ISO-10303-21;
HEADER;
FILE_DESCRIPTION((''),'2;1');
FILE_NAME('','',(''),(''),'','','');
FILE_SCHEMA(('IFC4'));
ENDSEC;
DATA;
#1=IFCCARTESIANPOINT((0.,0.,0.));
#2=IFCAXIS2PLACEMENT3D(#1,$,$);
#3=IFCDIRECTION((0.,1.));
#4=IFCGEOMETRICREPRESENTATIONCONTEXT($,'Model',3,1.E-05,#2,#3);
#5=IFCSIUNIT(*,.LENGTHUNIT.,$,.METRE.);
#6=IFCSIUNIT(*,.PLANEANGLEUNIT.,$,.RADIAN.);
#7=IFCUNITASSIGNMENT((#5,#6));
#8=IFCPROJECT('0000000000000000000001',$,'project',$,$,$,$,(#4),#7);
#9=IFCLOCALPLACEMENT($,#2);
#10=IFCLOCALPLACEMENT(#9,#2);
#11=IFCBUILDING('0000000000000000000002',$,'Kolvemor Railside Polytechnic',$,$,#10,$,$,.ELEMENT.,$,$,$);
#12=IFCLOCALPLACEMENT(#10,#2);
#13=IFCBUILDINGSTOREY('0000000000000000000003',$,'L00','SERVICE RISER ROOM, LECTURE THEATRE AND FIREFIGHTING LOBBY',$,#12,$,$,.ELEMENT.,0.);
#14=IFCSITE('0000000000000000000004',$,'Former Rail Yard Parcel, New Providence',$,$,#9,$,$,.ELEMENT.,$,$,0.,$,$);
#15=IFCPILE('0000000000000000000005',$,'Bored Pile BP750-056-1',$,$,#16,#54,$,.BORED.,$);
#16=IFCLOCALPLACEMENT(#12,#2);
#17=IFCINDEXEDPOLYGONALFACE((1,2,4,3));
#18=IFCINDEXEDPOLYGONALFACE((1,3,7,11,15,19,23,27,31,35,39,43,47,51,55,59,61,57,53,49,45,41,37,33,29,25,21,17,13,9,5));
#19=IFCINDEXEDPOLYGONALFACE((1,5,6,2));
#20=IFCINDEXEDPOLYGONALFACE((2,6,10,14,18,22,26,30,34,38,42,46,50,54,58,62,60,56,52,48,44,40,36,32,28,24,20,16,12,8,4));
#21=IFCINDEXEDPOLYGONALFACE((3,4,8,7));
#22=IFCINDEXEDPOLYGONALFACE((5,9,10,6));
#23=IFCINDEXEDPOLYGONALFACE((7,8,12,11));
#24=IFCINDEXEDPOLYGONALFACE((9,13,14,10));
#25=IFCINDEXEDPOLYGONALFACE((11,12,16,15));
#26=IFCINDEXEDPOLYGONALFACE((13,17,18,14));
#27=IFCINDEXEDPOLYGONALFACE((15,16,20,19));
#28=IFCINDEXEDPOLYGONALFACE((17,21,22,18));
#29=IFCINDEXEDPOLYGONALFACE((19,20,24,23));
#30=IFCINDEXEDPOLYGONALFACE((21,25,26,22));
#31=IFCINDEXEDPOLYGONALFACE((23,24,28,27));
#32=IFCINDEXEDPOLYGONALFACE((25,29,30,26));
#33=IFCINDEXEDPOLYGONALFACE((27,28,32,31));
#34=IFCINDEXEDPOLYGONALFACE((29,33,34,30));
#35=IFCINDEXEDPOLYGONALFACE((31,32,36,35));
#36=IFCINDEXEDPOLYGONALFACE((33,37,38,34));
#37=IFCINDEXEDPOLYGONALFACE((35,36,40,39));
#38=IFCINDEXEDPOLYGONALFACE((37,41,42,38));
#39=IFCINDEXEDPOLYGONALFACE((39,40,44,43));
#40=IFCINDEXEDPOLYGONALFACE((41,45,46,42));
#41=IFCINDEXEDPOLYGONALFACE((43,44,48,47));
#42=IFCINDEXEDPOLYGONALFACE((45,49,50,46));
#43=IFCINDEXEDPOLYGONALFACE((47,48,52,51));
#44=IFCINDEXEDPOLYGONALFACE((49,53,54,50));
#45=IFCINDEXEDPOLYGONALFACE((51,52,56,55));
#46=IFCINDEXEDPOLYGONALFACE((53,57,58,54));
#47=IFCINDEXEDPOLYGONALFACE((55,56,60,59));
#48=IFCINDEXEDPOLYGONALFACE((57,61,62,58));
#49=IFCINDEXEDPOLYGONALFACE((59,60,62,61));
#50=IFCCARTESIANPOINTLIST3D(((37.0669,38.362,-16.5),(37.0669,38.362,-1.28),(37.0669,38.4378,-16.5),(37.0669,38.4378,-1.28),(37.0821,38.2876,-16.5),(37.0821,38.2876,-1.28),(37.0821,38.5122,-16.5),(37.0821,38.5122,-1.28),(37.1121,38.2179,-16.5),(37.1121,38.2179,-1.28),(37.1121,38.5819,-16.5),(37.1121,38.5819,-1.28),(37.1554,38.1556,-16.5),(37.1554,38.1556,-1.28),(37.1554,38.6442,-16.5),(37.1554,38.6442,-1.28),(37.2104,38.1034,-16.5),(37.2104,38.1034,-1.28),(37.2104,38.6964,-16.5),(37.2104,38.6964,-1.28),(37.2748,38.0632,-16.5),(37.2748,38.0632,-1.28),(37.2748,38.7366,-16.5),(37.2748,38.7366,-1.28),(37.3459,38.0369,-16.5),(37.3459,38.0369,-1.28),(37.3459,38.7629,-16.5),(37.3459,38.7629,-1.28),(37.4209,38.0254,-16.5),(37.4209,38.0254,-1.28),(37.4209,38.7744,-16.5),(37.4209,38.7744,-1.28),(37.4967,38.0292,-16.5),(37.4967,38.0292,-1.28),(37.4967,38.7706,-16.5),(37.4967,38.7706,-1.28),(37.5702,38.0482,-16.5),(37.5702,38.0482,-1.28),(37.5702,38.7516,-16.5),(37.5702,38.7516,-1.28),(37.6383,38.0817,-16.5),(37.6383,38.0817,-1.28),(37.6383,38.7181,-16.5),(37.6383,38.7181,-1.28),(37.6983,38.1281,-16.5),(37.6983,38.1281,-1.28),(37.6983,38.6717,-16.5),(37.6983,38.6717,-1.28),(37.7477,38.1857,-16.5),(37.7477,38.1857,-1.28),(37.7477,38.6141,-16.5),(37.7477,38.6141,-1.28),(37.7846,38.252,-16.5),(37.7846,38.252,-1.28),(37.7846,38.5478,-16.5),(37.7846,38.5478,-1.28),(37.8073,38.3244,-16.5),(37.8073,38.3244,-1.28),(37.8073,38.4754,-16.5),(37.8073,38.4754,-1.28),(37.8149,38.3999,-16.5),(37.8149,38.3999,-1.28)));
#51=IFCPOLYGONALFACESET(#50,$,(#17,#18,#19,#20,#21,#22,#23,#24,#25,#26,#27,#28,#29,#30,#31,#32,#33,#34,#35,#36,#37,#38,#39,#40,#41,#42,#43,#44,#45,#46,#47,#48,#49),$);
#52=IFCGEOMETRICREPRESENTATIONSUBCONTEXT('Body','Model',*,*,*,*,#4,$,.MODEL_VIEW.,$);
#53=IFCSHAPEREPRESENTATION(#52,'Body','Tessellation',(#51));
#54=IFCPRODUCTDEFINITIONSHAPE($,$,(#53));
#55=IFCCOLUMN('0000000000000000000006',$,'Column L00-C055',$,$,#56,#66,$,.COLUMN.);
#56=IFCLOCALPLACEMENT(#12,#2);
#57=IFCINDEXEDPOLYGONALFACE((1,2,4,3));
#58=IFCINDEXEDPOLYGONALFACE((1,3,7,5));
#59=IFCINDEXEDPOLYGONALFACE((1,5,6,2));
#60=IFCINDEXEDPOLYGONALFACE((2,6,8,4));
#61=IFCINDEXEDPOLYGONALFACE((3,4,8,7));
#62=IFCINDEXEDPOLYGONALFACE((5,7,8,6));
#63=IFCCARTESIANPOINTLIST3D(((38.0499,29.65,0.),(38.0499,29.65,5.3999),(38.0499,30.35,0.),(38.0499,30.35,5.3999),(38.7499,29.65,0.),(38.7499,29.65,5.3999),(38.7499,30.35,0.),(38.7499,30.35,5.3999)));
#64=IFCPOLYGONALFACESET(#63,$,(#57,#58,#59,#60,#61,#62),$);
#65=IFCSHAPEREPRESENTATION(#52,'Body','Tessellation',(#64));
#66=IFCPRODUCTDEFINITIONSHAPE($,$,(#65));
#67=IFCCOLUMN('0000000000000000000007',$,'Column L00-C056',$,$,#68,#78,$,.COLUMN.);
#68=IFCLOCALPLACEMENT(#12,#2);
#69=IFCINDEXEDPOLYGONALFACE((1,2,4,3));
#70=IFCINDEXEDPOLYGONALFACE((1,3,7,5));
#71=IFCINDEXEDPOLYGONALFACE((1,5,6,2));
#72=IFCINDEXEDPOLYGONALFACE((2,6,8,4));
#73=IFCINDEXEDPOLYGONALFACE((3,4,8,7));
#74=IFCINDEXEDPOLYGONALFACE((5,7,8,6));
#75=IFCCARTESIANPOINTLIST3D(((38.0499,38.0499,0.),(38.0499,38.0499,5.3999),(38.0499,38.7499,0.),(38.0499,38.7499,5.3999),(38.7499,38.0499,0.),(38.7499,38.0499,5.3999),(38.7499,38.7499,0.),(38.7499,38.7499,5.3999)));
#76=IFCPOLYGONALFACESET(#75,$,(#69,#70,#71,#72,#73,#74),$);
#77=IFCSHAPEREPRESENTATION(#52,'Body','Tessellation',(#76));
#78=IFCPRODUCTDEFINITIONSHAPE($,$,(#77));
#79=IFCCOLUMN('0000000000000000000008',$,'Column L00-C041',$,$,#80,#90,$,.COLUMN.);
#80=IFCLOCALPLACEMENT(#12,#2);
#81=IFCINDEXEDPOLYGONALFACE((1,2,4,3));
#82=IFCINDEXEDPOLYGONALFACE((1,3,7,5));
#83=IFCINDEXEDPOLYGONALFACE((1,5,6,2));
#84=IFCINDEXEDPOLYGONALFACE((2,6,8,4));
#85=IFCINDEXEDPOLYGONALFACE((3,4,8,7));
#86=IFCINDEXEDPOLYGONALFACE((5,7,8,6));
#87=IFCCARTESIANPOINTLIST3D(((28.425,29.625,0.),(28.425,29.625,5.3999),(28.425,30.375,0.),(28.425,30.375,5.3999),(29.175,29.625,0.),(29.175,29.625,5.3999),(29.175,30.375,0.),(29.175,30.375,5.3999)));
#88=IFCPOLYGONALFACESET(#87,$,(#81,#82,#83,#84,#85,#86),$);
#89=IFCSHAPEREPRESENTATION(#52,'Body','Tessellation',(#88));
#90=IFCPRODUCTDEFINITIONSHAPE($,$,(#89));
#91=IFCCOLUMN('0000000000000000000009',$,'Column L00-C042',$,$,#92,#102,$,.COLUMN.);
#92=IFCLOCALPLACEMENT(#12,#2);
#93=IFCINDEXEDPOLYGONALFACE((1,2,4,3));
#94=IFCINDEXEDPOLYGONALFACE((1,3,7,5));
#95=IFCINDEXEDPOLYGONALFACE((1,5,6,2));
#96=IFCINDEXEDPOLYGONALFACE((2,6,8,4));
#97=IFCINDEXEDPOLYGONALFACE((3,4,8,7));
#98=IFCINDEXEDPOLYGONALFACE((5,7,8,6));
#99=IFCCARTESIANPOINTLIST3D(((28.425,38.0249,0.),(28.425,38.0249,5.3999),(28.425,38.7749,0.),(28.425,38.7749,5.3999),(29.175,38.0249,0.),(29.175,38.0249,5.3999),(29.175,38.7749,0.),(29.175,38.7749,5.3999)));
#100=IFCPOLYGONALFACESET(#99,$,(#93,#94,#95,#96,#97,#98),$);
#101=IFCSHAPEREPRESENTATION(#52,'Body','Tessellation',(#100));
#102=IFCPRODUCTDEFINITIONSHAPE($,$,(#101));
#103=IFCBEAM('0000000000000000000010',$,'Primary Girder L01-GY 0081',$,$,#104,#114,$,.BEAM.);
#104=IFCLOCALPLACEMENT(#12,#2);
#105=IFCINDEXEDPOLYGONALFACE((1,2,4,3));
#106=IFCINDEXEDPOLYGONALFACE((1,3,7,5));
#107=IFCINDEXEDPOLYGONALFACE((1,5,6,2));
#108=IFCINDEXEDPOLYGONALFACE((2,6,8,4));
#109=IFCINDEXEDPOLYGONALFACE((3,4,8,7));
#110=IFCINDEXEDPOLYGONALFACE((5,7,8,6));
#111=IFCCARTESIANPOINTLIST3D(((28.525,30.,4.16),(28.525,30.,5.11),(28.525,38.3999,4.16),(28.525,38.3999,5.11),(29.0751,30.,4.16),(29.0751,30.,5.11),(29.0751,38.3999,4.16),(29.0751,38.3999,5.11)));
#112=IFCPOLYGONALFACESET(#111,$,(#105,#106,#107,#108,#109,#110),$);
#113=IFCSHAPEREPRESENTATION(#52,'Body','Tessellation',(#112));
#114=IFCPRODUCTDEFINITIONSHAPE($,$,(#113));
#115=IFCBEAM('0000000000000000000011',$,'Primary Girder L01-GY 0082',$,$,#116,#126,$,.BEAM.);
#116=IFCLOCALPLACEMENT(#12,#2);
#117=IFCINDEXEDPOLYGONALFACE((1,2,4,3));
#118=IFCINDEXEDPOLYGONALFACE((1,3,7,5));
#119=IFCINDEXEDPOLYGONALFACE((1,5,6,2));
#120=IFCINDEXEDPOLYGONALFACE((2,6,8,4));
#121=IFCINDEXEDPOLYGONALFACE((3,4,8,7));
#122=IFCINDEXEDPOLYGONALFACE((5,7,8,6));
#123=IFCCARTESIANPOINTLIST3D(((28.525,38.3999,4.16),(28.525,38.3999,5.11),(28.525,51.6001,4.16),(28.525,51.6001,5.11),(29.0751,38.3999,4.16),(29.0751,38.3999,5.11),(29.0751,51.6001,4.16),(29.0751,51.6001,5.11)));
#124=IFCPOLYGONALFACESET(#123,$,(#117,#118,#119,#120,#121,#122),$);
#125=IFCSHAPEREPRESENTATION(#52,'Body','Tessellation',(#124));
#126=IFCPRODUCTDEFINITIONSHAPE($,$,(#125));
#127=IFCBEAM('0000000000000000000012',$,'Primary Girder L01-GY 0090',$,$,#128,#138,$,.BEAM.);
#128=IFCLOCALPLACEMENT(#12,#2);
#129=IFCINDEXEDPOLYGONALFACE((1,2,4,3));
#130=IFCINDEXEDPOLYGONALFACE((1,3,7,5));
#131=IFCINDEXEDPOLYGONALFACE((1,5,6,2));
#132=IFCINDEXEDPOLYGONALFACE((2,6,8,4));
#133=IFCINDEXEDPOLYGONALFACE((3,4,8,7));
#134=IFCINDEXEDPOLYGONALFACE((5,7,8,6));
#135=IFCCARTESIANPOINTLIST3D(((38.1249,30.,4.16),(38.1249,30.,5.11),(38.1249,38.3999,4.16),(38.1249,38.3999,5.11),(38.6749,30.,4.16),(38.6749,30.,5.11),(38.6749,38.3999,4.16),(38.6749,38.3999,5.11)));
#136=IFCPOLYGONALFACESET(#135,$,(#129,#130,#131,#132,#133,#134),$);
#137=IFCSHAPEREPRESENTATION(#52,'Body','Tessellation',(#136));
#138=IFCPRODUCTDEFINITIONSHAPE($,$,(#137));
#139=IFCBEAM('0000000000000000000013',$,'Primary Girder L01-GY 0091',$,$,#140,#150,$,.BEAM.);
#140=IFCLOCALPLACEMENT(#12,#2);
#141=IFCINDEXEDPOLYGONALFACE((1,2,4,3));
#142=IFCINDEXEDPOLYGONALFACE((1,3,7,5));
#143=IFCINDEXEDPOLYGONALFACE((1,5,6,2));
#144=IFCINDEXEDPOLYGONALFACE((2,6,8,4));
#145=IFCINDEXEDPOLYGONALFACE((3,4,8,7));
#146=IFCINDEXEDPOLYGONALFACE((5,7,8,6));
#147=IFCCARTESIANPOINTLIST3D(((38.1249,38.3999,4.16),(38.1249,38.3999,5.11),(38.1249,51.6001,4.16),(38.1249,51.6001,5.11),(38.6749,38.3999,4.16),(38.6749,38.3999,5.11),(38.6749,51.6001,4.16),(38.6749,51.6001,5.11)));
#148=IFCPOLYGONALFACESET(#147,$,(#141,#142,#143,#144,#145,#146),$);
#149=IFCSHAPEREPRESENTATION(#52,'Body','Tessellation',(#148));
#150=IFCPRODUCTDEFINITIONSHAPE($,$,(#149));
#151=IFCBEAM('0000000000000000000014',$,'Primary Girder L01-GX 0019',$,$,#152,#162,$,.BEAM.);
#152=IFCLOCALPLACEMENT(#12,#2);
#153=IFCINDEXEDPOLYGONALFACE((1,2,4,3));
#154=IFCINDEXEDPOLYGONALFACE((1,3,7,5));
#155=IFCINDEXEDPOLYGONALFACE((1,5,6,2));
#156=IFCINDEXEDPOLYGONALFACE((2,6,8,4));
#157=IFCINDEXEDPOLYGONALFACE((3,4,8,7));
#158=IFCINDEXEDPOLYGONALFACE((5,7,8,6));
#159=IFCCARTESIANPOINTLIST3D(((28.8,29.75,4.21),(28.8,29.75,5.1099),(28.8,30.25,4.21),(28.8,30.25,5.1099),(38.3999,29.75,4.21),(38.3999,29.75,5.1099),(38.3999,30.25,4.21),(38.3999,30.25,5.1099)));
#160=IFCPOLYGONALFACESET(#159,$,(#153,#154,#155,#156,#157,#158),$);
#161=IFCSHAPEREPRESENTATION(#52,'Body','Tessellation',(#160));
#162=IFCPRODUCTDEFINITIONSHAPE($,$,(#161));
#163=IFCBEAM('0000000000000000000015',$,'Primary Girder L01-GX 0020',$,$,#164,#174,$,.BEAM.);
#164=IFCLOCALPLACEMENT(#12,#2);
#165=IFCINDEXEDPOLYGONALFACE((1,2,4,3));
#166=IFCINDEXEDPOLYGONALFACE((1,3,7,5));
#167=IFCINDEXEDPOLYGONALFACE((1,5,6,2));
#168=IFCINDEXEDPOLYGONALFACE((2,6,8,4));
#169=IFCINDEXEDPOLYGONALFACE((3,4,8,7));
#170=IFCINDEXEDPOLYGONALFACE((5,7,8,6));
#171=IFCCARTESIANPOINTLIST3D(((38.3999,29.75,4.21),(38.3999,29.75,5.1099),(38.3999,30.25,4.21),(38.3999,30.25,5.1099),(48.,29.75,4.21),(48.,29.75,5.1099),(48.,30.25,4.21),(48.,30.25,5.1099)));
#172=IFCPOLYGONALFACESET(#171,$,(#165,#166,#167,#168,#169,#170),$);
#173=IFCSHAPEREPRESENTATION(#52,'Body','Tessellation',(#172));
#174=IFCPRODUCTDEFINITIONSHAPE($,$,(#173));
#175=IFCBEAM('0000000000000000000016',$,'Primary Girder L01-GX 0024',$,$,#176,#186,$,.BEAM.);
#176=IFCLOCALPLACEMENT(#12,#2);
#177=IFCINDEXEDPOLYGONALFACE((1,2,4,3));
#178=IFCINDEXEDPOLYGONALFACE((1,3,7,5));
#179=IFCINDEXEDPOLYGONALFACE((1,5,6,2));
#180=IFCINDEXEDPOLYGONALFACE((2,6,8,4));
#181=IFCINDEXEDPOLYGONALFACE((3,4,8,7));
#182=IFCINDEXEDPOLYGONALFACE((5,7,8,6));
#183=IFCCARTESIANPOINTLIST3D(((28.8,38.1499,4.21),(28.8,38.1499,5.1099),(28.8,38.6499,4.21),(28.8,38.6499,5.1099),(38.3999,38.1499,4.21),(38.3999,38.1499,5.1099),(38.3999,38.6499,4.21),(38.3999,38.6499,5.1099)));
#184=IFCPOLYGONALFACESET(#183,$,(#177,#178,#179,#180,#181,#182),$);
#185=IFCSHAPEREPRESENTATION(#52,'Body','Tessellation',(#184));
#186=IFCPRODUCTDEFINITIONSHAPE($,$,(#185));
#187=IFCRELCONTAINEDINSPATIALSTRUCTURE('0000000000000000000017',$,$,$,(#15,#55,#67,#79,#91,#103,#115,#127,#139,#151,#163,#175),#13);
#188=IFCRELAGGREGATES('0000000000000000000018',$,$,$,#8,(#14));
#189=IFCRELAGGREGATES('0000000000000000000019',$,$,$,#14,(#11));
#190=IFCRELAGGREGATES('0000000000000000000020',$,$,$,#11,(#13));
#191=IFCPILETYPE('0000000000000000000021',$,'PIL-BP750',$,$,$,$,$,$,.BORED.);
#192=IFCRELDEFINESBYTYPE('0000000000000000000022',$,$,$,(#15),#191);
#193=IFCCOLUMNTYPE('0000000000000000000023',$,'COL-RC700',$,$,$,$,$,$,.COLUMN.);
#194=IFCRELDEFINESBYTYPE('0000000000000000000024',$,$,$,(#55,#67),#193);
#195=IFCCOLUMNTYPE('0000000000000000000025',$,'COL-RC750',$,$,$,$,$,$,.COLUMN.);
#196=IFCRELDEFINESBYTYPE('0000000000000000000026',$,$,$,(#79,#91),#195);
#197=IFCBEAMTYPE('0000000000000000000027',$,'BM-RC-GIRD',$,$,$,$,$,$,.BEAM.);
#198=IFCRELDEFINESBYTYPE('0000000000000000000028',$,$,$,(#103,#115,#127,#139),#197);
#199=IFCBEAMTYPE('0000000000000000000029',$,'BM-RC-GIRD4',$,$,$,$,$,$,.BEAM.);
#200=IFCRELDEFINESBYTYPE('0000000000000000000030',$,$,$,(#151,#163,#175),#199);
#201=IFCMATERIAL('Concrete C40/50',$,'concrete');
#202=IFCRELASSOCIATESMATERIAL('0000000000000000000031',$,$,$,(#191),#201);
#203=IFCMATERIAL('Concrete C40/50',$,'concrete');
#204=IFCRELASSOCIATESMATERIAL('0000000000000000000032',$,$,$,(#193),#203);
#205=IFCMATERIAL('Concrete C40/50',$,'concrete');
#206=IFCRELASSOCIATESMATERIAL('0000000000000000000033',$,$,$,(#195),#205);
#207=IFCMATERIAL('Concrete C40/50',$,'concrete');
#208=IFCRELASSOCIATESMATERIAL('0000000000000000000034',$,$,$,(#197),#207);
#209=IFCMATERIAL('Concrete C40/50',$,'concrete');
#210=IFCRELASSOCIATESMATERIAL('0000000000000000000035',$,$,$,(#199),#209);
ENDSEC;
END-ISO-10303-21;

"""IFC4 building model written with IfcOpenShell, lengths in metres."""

from ifc_helpers import new_model, si_unit, direction, frame, origin, origin_2d, place, context, subcontext, project, spatial, rectangle, circle, extrude, material, material_profile, profile_set, type_object, element, save


model = new_model("IFC4")

# Units and contexts
model_context = context("Model", 3, precision=1e-05, world=origin(), true_north=direction((0.0, 1.0)))
body_context = subcontext(model_context, "Body", "Model", "MODEL_VIEW")
ifc_project = project(units=[si_unit("LENGTHUNIT", "METRE"), si_unit("PLANEANGLEUNIT", "RADIAN")], contexts=[model_context])

# Site, building, storey
site_placement = place(None, origin())
site = spatial("IfcSite", under=ifc_project, at=site_placement, Name="Former Rail Yard Parcel, New Providence", CompositionType="ELEMENT", RefElevation=0.0)
building_placement = place(site_placement, origin())
building = spatial("IfcBuilding", under=site, at=building_placement, Name="Kolvemor Railside Polytechnic", CompositionType="ELEMENT")
storey_placement = place(building_placement, origin())
storey = spatial("IfcBuildingStorey", under=building, at=storey_placement, Name="L00", Description="SERVICE RISER ROOM, LECTURE THEATRE AND FIREFIGHTING LOBBY", CompositionType="ELEMENT", Elevation=0.0)

# Pile
ifc_material_1 = material(Name="Concrete C40/50", Category="concrete")
ifc_material_profile_1 = material_profile(ifc_material_1, circle(Radius=0.375, at=origin_2d()), Name="BP750")
ifc_profile_set_1 = profile_set([ifc_material_profile_1], Name="Concrete C40/50")
pile_type = type_object("IfcPileType", Name="PIL-BP750", PredefinedType="BORED", material=ifc_profile_set_1)
pile_1_placement = place(storey_placement, frame((37.4399, 38.3999, -1.28), z_axis=(0.0, 0.0, -1.0), x_axis=(1.0, 0.0, 0.0)))
element("IfcPile", 1, at=pile_1_placement, inside=storey, type_object=pile_type, Name="Bored Pile BP750-056-1", PredefinedType="BORED", context=body_context, shape_type="SweptSolid", body=[
    extrude(circle(Radius=0.375, at=origin_2d()), origin(), (0.0, 0.0, 1.0), 15.22),
])

# Columns
ifc_material_2 = material(Name="Concrete C40/50", Category="concrete")
ifc_material_profile_2 = material_profile(ifc_material_2, rectangle(XDim=0.7, YDim=0.7, at=origin_2d()), Name="RC700x700")
ifc_profile_set_2 = profile_set([ifc_material_profile_2], Name="Concrete C40/50")
column_type_1 = type_object("IfcColumnType", Name="COL-RC700", PredefinedType="COLUMN", material=ifc_profile_set_2)
for number, where, z_axis, x_axis, name in (
    (2, (38.3999, 30.0, 0.0), (0.0, 0.0, 1.0), (1.0, 0.0, 0.0), "Column L00-C055"),
    (3, (38.3999, 38.3999, 0.0), (0.0, 0.0, 1.0), (1.0, 0.0, 0.0), "Column L00-C056"),
):
    element("IfcColumn", number, at=place(storey_placement, frame(where, z_axis=z_axis, x_axis=x_axis)), inside=storey, type_object=column_type_1, Name=name, PredefinedType="COLUMN", context=body_context, shape_type="SweptSolid", body=[
        extrude(rectangle(XDim=0.7, YDim=0.7, at=origin_2d()), origin(), (0.0, 0.0, 1.0), 5.3999),
    ])
ifc_material_3 = material(Name="Concrete C40/50", Category="concrete")
ifc_material_profile_3 = material_profile(ifc_material_3, rectangle(XDim=0.75, YDim=0.75, at=origin_2d()), Name="RC750x750")
ifc_profile_set_3 = profile_set([ifc_material_profile_3], Name="Concrete C40/50")
column_type_2 = type_object("IfcColumnType", Name="COL-RC750", PredefinedType="COLUMN", material=ifc_profile_set_3)
for number, where, z_axis, x_axis, name in (
    (4, (28.8, 30.0, 0.0), (0.0, 0.0, 1.0), (1.0, 0.0, 0.0), "Column L00-C041"),
    (5, (28.8, 38.3999, 0.0), (0.0, 0.0, 1.0), (1.0, 0.0, 0.0), "Column L00-C042"),
):
    element("IfcColumn", number, at=place(storey_placement, frame(where, z_axis=z_axis, x_axis=x_axis)), inside=storey, type_object=column_type_2, Name=name, PredefinedType="COLUMN", context=body_context, shape_type="SweptSolid", body=[
        extrude(rectangle(XDim=0.75, YDim=0.75, at=origin_2d()), origin(), (0.0, 0.0, 1.0), 5.3999),
    ])

# Beams
ifc_material_4 = material(Name="Concrete C40/50", Category="concrete")
ifc_material_profile_4 = material_profile(ifc_material_4, rectangle(XDim=0.55, YDim=0.95, at=origin_2d()), Name="RC550x950")
ifc_profile_set_4 = profile_set([ifc_material_profile_4], Name="Concrete C40/50")
beam_type_1 = type_object("IfcBeamType", Name="BM-RC-GIRD", PredefinedType="BEAM", material=ifc_profile_set_4)
beam_1_placement = place(storey_placement, frame((28.8, 30.0, 4.635), z_axis=(0.0, 1.0, 0.0), x_axis=(-1.0, 0.0, 0.0)))
element("IfcBeam", 6, at=beam_1_placement, inside=storey, type_object=beam_type_1, Name="Primary Girder L01-GY 0081", PredefinedType="BEAM", context=body_context, shape_type="SweptSolid", body=[
    extrude(rectangle(XDim=0.55, YDim=0.95, at=origin_2d()), origin(), (0.0, 0.0, 1.0), 8.3999),
])
beam_2_placement = place(storey_placement, frame((28.8, 38.3999, 4.635), z_axis=(0.0, 1.0, 0.0), x_axis=(-1.0, 0.0, 0.0)))
element("IfcBeam", 7, at=beam_2_placement, inside=storey, type_object=beam_type_1, Name="Primary Girder L01-GY 0082", PredefinedType="BEAM", context=body_context, shape_type="SweptSolid", body=[
    extrude(rectangle(XDim=0.55, YDim=0.95, at=origin_2d()), origin(), (0.0, 0.0, 1.0), 13.2002),
])
beam_3_placement = place(storey_placement, frame((38.3999, 30.0, 4.635), z_axis=(0.0, 1.0, 0.0), x_axis=(-1.0, 0.0, 0.0)))
element("IfcBeam", 8, at=beam_3_placement, inside=storey, type_object=beam_type_1, Name="Primary Girder L01-GY 0090", PredefinedType="BEAM", context=body_context, shape_type="SweptSolid", body=[
    extrude(rectangle(XDim=0.55, YDim=0.95, at=origin_2d()), origin(), (0.0, 0.0, 1.0), 8.3999),
])
beam_4_placement = place(storey_placement, frame((38.3999, 38.3999, 4.635), z_axis=(0.0, 1.0, 0.0), x_axis=(-1.0, 0.0, 0.0)))
element("IfcBeam", 9, at=beam_4_placement, inside=storey, type_object=beam_type_1, Name="Primary Girder L01-GY 0091", PredefinedType="BEAM", context=body_context, shape_type="SweptSolid", body=[
    extrude(rectangle(XDim=0.55, YDim=0.95, at=origin_2d()), origin(), (0.0, 0.0, 1.0), 13.2002),
])
ifc_material_5 = material(Name="Concrete C40/50", Category="concrete")
ifc_material_profile_5 = material_profile(ifc_material_5, rectangle(XDim=0.5, YDim=0.8999, at=origin_2d()), Name="RC500x900")
ifc_profile_set_5 = profile_set([ifc_material_profile_5], Name="Concrete C40/50")
beam_type_2 = type_object("IfcBeamType", Name="BM-RC-GIRD4", PredefinedType="BEAM", material=ifc_profile_set_5)
beam_5_placement = place(storey_placement, frame((28.8, 30.0, 4.6599), z_axis=(1.0, 0.0, 0.0), x_axis=(0.0, 1.0, 0.0)))
element("IfcBeam", 10, at=beam_5_placement, inside=storey, type_object=beam_type_2, Name="Primary Girder L01-GX 0019", PredefinedType="BEAM", context=body_context, shape_type="SweptSolid", body=[
    extrude(rectangle(XDim=0.5, YDim=0.8999, at=origin_2d()), origin(), (0.0, 0.0, 1.0), 9.5999),
])
beam_6_placement = place(storey_placement, frame((38.3999, 30.0, 4.6599), z_axis=(1.0, 0.0, 0.0), x_axis=(0.0, 1.0, 0.0)))
element("IfcBeam", 11, at=beam_6_placement, inside=storey, type_object=beam_type_2, Name="Primary Girder L01-GX 0020", PredefinedType="BEAM", context=body_context, shape_type="SweptSolid", body=[
    extrude(rectangle(XDim=0.5, YDim=0.8999, at=origin_2d()), origin(), (0.0, 0.0, 1.0), 9.6001),
])
beam_7_placement = place(storey_placement, frame((28.8, 38.3999, 4.6599), z_axis=(1.0, 0.0, 0.0), x_axis=(0.0, 1.0, 0.0)))
element("IfcBeam", 12, at=beam_7_placement, inside=storey, type_object=beam_type_2, Name="Primary Girder L01-GX 0024", PredefinedType="BEAM", context=body_context, shape_type="SweptSolid", body=[
    extrude(rectangle(XDim=0.5, YDim=0.8999, at=origin_2d()), origin(), (0.0, 0.0, 1.0), 9.5999),
])

save(model, "model.ifc")
